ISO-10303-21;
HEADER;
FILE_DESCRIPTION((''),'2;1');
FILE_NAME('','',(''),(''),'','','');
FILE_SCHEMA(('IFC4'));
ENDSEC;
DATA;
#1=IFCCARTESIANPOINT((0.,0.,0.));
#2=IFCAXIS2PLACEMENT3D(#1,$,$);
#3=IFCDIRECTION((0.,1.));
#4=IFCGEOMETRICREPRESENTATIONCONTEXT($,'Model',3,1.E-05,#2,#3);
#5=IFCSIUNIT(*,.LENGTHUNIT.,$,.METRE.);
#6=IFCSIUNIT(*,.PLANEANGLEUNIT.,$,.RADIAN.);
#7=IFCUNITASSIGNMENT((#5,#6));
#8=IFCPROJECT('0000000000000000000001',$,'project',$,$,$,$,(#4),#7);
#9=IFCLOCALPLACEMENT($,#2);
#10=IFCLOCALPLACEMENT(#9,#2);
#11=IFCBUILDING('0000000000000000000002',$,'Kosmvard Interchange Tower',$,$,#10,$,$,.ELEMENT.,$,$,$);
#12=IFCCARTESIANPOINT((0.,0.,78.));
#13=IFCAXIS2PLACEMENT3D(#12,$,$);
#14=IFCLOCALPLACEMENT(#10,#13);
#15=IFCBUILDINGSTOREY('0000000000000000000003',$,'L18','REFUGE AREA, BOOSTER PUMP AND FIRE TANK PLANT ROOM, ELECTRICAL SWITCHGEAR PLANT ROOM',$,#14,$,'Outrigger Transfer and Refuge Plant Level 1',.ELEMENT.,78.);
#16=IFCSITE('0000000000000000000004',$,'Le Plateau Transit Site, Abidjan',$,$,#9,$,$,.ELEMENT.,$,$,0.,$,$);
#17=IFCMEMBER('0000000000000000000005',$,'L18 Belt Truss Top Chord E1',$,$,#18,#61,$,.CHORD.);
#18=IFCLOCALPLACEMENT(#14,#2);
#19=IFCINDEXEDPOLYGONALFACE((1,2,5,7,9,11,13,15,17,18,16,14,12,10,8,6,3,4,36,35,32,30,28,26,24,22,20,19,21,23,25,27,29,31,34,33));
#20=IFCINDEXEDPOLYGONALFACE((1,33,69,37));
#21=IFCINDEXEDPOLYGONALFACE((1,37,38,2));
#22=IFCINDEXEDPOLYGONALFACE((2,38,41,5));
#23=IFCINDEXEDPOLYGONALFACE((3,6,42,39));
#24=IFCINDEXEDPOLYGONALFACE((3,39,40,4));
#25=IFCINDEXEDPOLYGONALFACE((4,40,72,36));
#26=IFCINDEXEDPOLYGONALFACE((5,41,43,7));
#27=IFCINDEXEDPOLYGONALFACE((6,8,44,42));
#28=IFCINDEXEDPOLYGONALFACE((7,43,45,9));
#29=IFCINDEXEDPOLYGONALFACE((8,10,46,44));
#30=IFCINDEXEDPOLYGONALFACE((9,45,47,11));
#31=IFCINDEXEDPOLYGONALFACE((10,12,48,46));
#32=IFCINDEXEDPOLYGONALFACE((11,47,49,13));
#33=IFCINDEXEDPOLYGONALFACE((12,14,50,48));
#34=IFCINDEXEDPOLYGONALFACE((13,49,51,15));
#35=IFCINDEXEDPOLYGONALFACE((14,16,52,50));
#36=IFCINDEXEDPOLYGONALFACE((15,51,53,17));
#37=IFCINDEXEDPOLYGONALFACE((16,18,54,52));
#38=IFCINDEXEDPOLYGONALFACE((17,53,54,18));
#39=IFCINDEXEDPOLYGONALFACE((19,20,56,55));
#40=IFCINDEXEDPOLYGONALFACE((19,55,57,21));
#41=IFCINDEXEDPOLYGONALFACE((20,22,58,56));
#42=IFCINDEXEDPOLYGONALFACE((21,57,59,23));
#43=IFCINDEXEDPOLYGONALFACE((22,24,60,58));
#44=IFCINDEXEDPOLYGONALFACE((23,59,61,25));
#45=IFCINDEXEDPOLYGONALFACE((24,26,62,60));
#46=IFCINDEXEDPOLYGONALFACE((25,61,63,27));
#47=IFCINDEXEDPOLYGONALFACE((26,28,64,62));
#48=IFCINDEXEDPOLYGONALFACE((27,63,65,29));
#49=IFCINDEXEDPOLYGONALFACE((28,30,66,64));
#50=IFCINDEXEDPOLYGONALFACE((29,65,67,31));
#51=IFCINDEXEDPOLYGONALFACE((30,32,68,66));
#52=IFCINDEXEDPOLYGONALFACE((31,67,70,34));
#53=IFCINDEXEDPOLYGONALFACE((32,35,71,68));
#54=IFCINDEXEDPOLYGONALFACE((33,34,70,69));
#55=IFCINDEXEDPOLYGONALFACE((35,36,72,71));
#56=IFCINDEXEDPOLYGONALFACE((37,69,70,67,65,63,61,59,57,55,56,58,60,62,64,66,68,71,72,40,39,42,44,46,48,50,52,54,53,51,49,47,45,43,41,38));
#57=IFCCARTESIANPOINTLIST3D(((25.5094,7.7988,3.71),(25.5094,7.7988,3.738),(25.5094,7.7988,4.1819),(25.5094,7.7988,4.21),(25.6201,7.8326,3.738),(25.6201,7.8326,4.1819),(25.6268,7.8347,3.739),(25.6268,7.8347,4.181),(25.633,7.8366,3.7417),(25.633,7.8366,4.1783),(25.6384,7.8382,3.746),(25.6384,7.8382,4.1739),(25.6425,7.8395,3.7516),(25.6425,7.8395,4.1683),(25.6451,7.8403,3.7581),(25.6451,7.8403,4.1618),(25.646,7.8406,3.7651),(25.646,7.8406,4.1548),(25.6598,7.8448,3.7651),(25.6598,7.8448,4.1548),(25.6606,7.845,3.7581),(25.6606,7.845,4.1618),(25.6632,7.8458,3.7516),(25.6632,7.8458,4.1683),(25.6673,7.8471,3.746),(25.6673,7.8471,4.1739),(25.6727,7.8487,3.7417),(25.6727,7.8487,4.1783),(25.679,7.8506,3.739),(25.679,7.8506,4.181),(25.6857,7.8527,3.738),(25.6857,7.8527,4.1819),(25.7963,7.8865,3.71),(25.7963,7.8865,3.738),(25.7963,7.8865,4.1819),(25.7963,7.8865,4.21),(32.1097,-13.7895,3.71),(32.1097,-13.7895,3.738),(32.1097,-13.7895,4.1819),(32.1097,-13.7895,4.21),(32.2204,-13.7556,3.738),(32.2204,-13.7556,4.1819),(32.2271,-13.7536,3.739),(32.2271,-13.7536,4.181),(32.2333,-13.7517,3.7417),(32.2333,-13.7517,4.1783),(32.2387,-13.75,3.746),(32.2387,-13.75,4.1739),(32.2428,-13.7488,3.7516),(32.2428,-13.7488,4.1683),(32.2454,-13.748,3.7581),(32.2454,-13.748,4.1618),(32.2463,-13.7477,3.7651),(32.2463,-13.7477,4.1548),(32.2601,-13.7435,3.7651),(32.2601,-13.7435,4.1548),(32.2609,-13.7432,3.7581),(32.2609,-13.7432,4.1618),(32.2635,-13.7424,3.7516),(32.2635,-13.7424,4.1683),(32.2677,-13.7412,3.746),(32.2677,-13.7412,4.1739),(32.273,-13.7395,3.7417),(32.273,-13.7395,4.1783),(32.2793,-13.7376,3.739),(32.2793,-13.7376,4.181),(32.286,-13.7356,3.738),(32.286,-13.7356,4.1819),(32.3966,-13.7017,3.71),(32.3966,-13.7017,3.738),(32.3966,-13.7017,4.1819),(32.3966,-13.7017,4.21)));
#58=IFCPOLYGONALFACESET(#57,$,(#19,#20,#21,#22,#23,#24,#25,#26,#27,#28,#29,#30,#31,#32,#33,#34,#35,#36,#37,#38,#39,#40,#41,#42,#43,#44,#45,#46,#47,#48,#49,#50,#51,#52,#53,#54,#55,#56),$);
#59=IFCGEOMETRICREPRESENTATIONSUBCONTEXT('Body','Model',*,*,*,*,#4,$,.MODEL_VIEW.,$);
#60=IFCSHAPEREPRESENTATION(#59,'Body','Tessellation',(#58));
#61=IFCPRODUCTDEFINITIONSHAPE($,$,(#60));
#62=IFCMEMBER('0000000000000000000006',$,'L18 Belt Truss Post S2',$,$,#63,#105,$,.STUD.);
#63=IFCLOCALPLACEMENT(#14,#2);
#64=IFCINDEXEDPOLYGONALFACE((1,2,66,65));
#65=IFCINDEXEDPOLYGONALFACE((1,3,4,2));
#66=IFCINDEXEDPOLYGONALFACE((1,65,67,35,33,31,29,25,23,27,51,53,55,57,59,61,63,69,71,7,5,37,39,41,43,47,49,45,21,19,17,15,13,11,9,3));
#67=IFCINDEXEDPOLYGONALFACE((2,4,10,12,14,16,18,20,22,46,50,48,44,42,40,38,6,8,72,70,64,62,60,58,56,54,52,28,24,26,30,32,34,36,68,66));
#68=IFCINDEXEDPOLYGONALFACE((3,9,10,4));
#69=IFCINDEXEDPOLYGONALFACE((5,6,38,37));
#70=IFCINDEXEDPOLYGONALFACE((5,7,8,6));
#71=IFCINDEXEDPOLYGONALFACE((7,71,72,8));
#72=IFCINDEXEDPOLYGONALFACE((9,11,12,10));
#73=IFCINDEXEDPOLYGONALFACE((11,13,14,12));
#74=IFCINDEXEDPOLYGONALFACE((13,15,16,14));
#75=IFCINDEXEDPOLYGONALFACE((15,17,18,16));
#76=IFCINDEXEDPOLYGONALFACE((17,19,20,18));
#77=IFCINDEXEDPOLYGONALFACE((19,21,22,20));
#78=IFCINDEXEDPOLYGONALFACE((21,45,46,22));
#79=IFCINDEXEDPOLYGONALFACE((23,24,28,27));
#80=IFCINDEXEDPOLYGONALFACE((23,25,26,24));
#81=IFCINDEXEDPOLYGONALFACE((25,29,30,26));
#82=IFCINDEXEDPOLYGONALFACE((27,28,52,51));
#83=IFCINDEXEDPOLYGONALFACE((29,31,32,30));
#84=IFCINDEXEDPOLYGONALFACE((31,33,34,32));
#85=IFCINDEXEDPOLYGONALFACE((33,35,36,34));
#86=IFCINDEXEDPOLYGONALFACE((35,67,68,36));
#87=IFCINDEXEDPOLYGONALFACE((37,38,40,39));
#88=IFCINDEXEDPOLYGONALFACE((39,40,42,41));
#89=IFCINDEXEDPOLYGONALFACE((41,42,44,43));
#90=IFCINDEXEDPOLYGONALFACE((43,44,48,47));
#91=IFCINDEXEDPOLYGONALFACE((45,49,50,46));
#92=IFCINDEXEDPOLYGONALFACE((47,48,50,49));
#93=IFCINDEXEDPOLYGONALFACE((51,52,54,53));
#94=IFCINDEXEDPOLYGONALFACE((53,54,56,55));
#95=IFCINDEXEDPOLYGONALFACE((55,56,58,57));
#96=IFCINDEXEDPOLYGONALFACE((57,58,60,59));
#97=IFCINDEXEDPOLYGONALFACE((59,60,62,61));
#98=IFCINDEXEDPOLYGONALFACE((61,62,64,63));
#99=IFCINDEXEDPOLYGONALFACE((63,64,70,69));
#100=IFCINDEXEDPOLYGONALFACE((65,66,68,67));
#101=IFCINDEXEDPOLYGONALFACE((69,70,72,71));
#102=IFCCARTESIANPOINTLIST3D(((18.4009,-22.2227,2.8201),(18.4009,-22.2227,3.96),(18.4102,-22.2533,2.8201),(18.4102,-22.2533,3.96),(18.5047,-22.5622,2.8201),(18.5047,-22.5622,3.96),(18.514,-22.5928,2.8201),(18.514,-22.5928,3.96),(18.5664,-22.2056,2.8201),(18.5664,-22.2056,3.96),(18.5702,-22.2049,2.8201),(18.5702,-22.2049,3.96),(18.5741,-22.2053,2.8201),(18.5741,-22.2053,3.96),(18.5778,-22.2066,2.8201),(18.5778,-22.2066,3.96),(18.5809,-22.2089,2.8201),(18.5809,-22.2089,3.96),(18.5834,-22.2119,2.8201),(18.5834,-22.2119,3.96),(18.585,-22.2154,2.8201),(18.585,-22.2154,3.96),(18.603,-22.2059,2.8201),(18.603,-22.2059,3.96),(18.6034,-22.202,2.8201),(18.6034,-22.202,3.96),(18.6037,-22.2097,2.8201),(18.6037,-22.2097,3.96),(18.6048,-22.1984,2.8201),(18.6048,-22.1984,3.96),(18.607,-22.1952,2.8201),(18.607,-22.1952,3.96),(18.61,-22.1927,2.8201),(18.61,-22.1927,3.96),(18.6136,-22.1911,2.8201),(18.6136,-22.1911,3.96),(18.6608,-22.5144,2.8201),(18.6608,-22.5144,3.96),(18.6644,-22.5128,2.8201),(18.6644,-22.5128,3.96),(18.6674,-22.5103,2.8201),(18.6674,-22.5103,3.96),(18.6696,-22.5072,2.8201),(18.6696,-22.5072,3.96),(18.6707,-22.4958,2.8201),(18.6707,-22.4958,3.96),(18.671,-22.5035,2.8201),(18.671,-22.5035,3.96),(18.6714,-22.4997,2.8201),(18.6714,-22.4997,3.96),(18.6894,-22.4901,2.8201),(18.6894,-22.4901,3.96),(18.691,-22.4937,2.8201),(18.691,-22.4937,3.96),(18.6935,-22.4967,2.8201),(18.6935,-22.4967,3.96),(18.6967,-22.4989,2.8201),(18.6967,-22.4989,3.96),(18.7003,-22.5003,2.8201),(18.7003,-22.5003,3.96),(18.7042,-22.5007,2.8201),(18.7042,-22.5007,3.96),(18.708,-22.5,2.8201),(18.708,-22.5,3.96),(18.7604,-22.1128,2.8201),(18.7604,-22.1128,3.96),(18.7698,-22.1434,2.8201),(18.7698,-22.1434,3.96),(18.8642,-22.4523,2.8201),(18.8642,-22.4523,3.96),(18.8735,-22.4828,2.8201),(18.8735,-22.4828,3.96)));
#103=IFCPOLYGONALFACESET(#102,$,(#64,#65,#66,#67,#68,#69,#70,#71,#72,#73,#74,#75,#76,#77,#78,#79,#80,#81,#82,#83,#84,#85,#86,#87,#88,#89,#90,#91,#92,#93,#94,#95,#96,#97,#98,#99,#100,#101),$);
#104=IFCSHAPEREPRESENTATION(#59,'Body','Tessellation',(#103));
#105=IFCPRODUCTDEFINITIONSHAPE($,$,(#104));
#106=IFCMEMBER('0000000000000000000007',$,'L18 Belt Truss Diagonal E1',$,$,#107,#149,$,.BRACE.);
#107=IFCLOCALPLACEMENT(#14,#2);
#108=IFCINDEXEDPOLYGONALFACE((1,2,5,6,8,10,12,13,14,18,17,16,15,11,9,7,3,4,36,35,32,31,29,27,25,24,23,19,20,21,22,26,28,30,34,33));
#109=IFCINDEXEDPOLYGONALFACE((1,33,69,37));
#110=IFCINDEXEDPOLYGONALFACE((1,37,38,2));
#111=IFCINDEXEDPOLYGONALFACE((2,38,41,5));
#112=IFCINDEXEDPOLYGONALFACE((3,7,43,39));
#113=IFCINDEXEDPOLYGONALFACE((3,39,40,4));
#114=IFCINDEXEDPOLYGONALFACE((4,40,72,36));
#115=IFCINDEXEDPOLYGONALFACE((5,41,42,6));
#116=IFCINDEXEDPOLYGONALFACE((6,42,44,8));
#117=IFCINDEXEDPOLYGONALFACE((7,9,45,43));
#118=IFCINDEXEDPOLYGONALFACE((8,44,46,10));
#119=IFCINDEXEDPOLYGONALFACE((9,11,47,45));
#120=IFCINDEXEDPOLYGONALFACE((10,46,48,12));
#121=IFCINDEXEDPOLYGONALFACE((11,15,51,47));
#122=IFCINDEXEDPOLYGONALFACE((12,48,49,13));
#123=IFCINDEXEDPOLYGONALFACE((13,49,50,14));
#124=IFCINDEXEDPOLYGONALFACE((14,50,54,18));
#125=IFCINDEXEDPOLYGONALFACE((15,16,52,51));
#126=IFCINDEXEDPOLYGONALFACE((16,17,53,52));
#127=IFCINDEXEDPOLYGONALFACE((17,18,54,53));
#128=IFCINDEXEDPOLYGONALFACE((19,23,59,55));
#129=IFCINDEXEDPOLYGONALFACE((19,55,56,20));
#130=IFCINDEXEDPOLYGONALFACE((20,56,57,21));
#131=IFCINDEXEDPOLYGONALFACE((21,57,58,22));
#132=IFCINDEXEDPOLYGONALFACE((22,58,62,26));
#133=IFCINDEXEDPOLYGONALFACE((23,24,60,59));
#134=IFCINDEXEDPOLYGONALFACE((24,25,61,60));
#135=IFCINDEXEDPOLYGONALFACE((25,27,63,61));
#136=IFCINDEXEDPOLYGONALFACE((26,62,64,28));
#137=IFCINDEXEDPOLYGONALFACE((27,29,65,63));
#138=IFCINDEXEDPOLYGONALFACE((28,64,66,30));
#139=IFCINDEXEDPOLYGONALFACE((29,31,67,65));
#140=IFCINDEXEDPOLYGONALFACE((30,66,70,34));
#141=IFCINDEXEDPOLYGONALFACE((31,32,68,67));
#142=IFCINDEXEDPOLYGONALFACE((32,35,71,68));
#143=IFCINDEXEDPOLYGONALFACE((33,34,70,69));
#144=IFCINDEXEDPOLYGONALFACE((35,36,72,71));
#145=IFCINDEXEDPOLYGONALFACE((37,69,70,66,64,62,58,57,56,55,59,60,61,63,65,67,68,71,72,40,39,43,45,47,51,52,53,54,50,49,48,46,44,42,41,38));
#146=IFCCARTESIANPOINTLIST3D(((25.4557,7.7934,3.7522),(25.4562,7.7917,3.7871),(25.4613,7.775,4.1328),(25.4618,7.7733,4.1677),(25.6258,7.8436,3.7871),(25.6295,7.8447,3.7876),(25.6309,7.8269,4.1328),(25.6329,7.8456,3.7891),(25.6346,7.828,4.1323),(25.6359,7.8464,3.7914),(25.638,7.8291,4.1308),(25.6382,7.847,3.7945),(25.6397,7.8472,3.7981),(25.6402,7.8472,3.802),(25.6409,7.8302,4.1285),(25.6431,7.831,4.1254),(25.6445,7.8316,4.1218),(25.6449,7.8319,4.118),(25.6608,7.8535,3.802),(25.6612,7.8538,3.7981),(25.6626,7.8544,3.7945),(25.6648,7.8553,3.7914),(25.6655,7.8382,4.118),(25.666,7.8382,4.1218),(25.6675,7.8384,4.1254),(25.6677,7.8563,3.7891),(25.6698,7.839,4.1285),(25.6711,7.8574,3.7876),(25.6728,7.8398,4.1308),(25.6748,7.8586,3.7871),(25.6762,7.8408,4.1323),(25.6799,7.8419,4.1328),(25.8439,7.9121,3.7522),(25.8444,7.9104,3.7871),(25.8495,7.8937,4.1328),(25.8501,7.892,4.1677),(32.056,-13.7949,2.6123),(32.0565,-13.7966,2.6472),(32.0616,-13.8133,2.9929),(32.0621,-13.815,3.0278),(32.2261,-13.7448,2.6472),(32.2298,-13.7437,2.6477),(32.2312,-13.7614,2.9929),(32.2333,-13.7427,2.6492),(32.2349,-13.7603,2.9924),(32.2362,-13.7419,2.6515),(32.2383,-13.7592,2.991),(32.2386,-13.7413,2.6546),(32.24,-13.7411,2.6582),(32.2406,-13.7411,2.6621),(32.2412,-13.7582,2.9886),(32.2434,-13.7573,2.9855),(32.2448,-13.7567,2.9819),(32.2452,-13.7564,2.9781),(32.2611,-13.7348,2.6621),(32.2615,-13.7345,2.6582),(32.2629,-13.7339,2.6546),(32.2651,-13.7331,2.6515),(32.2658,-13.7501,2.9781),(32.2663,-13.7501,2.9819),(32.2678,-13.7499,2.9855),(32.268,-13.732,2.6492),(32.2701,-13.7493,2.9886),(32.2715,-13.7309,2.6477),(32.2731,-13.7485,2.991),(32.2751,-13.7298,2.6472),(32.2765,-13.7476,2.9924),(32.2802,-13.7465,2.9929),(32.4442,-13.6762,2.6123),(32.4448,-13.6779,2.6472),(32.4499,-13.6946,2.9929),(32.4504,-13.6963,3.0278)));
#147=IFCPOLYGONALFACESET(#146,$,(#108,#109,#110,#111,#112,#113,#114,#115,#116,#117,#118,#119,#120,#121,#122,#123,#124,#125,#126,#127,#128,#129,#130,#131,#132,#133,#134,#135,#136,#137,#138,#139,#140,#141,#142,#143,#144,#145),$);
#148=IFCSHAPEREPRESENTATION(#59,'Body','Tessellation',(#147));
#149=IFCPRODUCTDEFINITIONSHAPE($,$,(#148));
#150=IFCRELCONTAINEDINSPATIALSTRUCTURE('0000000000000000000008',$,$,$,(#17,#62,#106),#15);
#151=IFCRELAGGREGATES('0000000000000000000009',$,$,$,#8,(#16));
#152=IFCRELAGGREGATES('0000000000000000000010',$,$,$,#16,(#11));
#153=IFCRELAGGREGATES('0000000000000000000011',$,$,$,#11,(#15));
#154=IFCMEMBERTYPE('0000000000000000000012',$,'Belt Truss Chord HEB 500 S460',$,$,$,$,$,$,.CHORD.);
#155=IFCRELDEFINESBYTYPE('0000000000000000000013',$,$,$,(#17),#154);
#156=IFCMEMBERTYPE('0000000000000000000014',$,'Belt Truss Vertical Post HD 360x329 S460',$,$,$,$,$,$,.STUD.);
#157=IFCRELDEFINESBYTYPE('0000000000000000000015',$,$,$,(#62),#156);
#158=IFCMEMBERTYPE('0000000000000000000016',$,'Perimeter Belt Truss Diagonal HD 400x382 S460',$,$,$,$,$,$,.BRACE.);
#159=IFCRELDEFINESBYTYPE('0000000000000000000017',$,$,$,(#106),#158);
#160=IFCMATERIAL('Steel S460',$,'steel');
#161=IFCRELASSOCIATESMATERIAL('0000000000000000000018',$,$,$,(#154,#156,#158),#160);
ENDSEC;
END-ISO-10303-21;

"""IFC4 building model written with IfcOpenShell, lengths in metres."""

from ifc_helpers import new_model, si_unit, direction, frame, origin, origin_2d, place, context, subcontext, project, spatial, i_section, extrude, source, transform, mapped, material, material_profile, profile_set, type_object, element, save


model = new_model("IFC4")

# Units and contexts
model_context = context("Model", 3, precision=1e-05, world=origin(), true_north=direction((0.0, 1.0)))
body_context = subcontext(model_context, "Body", "Model", "MODEL_VIEW")
ifc_project = project(units=[si_unit("LENGTHUNIT", "METRE"), si_unit("PLANEANGLEUNIT", "RADIAN")], contexts=[model_context])

# Site, building, storey
site_placement = place(None, origin())
site = spatial("IfcSite", under=ifc_project, at=site_placement, Name="Le Plateau Transit Site, Abidjan", CompositionType="ELEMENT", RefElevation=0.0)
building_placement = place(site_placement, origin())
building = spatial("IfcBuilding", under=site, at=building_placement, Name="Kosmvard Interchange Tower", CompositionType="ELEMENT")
storey_placement = place(building_placement, frame((0.0, 0.0, 78.0)))
storey = spatial("IfcBuildingStorey", under=building, at=storey_placement, Name="L18", Description="REFUGE AREA, BOOSTER PUMP AND FIRE TANK PLANT ROOM, ELECTRICAL SWITCHGEAR PLANT ROOM", LongName="Outrigger Transfer and Refuge Plant Level 1", CompositionType="ELEMENT", Elevation=78.0)

# Members
ifc_material_1 = material(Name="Steel S460", Category="steel")
ifc_material_profile_1 = material_profile(ifc_material_1, i_section(OverallWidth=0.3, OverallDepth=0.5, WebThickness=0.0144, FlangeThickness=0.0281, FilletRadius=0.0271, at=origin_2d()), Name="HEB 500")
ifc_profile_set_1 = profile_set([ifc_material_profile_1], Name="Steel S460")
member_type_1 = type_object("IfcMemberType", Name="Belt Truss Chord HEB 500 S460", PredefinedType="CHORD", material=ifc_profile_set_1)
shared_shape_1 = source(origin(), body_context, "Body", "SweptSolid", [
    extrude(i_section(OverallWidth=0.3, OverallDepth=0.5, WebThickness=0.0144, FlangeThickness=0.0281, FilletRadius=0.0271, at=origin_2d()), origin(), (0.0, 0.0, 1.0), 22.5747),
])
for number, where, z_axis, x_axis, name in (
    (1, (32.2532, -13.7456, 3.96), (-0.292376, 0.956303, 0.0), (-0.956303, -0.292376, 0.0), "L18 Belt Truss Top Chord E1"),
):
    element("IfcMember", number, at=place(storey_placement, frame(where, z_axis=z_axis, x_axis=x_axis)), inside=storey, type_object=member_type_1, Name=name, PredefinedType="CHORD", context=body_context, shape_type="MappedRepresentation", body=[
        mapped(shared_shape_1, transform((0.0, 0.0, 0.0), scale=1.0)),
    ])
ifc_material_profile_2 = material_profile(ifc_material_1, i_section(OverallWidth=0.376, OverallDepth=0.387, WebThickness=0.0195, FlangeThickness=0.032, FilletRadius=0.0149, at=origin_2d()), Name="HD 360x329")
ifc_profile_set_2 = profile_set([ifc_material_profile_2], Name="Steel S460")
member_type_2 = type_object("IfcMemberType", Name="Belt Truss Vertical Post HD 360x329 S460", PredefinedType="STUD", material=ifc_profile_set_2)
shared_shape_2 = source(origin(), body_context, "Body", "SweptSolid", [
    extrude(i_section(OverallWidth=0.376, OverallDepth=0.387, WebThickness=0.0195, FlangeThickness=0.032, FilletRadius=0.0149, at=origin_2d()), origin(), (0.0, 0.0, 1.0), 1.1399),
])
member_1_placement = place(storey_placement, frame((18.6372, -22.3528, 2.8201), z_axis=(0.0, 0.0, 1.0), x_axis=(0.956305, 0.292372, 0.0)))
element("IfcMember", 2, at=member_1_placement, inside=storey, type_object=member_type_2, Name="L18 Belt Truss Post S2", PredefinedType="STUD", context=body_context, shape_type="MappedRepresentation", body=[
    mapped(shared_shape_2, transform((0.0, 0.0, 0.0), scale=1.0)),
])
ifc_material_profile_3 = material_profile(ifc_material_1, i_section(OverallWidth=0.406, OverallDepth=0.416, WebThickness=0.0215, FlangeThickness=0.0349, FilletRadius=0.0149, at=origin_2d()), Name="HD 400x382")
ifc_profile_set_3 = profile_set([ifc_material_profile_3], Name="Steel S460")
member_type_3 = type_object("IfcMemberType", Name="Perimeter Belt Truss Diagonal HD 400x382 S460", PredefinedType="BRACE", material=ifc_profile_set_3)
shared_shape_3 = source(origin(), body_context, "Body", "SweptSolid", [
    extrude(i_section(OverallWidth=0.406, OverallDepth=0.416, WebThickness=0.0215, FlangeThickness=0.0349, FilletRadius=0.0149, at=origin_2d()), origin(), (0.0, 0.0, 1.0), 22.6035),
])
member_2_placement = place(storey_placement, frame((32.2532, -13.7456, 2.8201), z_axis=(-0.292004, 0.955087, 0.05043), x_axis=(-0.956303, -0.292376, 0.0)))
element("IfcMember", 3, at=member_2_placement, inside=storey, type_object=member_type_3, Name="L18 Belt Truss Diagonal E1", PredefinedType="BRACE", context=body_context, shape_type="MappedRepresentation", body=[
    mapped(shared_shape_3, transform((0.0, 0.0, 0.0), scale=1.0)),
])

save(model, "model.ifc")
